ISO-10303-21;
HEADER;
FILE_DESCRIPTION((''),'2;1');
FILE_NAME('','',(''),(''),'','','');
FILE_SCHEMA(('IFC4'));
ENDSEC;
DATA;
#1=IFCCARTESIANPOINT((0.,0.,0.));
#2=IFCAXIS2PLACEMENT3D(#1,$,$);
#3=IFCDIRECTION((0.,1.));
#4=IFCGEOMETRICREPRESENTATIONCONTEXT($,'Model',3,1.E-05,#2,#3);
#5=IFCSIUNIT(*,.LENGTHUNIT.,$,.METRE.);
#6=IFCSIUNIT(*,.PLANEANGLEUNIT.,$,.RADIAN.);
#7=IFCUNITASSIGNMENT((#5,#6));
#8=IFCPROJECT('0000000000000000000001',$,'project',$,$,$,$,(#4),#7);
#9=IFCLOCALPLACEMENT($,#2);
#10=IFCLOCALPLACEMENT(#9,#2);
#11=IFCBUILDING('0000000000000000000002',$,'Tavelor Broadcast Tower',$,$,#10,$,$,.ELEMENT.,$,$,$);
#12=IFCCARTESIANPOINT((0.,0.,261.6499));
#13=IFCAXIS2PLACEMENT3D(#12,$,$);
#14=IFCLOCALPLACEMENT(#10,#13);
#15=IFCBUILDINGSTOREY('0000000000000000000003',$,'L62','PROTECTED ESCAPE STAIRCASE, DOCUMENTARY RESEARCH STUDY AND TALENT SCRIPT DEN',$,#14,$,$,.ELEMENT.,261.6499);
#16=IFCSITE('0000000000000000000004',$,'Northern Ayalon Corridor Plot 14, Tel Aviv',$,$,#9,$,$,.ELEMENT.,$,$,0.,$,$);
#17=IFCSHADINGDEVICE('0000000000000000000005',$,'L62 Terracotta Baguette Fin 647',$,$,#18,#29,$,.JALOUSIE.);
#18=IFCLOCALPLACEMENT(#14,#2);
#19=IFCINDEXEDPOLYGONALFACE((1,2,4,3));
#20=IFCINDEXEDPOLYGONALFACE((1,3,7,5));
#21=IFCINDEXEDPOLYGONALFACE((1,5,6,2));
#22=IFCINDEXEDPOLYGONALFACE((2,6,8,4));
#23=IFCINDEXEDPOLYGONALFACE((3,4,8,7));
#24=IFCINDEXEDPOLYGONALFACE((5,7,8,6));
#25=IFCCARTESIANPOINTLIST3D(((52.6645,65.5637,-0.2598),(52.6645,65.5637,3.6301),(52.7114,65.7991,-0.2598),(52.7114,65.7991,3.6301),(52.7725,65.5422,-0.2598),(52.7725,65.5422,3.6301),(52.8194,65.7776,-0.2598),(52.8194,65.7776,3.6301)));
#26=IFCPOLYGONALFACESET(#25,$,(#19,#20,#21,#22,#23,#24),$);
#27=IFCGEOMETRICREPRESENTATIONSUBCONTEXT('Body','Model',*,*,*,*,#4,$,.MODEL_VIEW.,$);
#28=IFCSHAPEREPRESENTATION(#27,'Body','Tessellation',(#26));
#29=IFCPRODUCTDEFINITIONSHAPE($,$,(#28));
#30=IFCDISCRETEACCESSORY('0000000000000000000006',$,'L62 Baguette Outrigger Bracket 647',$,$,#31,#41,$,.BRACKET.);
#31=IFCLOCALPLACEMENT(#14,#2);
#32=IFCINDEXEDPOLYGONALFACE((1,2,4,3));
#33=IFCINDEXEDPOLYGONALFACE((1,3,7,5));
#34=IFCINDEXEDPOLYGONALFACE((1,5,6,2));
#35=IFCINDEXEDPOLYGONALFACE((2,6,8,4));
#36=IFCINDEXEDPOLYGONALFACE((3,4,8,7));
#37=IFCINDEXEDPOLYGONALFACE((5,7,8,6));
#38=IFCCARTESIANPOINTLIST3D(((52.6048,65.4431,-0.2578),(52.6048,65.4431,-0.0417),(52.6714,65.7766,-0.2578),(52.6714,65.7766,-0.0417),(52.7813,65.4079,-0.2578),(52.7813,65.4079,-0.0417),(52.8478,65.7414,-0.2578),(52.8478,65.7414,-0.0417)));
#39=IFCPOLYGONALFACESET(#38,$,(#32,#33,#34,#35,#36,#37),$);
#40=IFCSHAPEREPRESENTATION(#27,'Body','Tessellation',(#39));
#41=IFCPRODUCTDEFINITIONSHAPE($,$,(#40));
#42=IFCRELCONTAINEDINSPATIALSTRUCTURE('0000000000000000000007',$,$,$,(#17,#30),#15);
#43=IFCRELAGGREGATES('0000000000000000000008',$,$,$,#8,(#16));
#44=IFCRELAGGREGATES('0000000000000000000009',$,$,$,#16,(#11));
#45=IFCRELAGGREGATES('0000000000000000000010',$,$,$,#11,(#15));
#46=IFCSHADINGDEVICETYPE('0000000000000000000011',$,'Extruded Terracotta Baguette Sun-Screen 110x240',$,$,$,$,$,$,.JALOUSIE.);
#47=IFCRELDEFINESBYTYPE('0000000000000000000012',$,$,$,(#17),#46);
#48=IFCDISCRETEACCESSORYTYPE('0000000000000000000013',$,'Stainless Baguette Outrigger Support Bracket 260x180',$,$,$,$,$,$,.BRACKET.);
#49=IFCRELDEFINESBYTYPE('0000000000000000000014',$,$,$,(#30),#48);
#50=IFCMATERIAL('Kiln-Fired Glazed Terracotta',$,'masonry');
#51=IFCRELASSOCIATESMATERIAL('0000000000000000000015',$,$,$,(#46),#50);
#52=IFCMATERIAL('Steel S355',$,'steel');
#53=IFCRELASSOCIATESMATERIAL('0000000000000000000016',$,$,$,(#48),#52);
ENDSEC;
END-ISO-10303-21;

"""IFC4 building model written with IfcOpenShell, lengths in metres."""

from ifc_helpers import new_model, si_unit, direction, frame, origin, origin_2d, place, context, subcontext, project, spatial, rectangle, extrude, source, transform, mapped, material, type_object, type_shapes, element, save


model = new_model("IFC4")

# Units and contexts
model_context = context("Model", 3, precision=1e-05, world=origin(), true_north=direction((0.0, 1.0)))
body_context = subcontext(model_context, "Body", "Model", "MODEL_VIEW")
ifc_project = project(units=[si_unit("LENGTHUNIT", "METRE"), si_unit("PLANEANGLEUNIT", "RADIAN")], contexts=[model_context])

# Site, building, storey
site_placement = place(None, origin())
site = spatial("IfcSite", under=ifc_project, at=site_placement, Name="Northern Ayalon Corridor Plot 14, Tel Aviv", CompositionType="ELEMENT", RefElevation=0.0)
building_placement = place(site_placement, origin())
building = spatial("IfcBuilding", under=site, at=building_placement, Name="Tavelor Broadcast Tower", CompositionType="ELEMENT")
storey_placement = place(building_placement, frame((0.0, 0.0, 261.6499)))
storey = spatial("IfcBuildingStorey", under=building, at=storey_placement, Name="L62", Description="PROTECTED ESCAPE STAIRCASE, DOCUMENTARY RESEARCH STUDY AND TALENT SCRIPT DEN", CompositionType="ELEMENT", Elevation=261.6499)

# Shared definitions
ifc_material_1 = material(Name="Steel S355", Category="steel")

# Shading device
ifc_material_2 = material(Name="Kiln-Fired Glazed Terracotta", Category="masonry")
shading_device_type = type_object("IfcShadingDeviceType", Name="Extruded Terracotta Baguette Sun-Screen 110x240", PredefinedType="JALOUSIE", material=ifc_material_2)
shared_shape_1 = source(origin(), body_context, "Body", "SweptSolid", [
    extrude(rectangle(XDim=0.1101, YDim=0.24, at=origin_2d()), origin(), (0.0, 0.0, 1.0), 3.8899),
])
type_shapes(shading_device_type, [shared_shape_1])
shading_device_placement = place(storey_placement, frame((52.7419, 65.6707, -0.2598), z_axis=(0.0, 0.0, 1.0), x_axis=(-0.980683, 0.195604, 0.0)))
element("IfcShadingDevice", 1, at=shading_device_placement, inside=storey, type_object=shading_device_type, Name="L62 Terracotta Baguette Fin 647", PredefinedType="JALOUSIE", context=body_context, shape_type="MappedRepresentation", body=[
    mapped(shared_shape_1, transform((0.0, 0.0, 0.0), scale=1.0)),
])

# Discrete accessory
discrete_accessory_type = type_object("IfcDiscreteAccessoryType", Name="Stainless Baguette Outrigger Support Bracket 260x180", PredefinedType="BRACKET", material=ifc_material_1)
shared_shape_2 = source(origin(), body_context, "Body", "SweptSolid", [
    extrude(rectangle(XDim=0.1799, YDim=0.3401, at=origin_2d()), origin(), (0.0, 0.0, 1.0), 0.2161),
])
type_shapes(discrete_accessory_type, [shared_shape_2])
discrete_accessory_placement = place(storey_placement, frame((52.7263, 65.5923, -0.2578), z_axis=(0.0, 0.0, 1.0), x_axis=(-0.980683, 0.195604, 0.0)))
element("IfcDiscreteAccessory", 2, at=discrete_accessory_placement, inside=storey, type_object=discrete_accessory_type, Name="L62 Baguette Outrigger Bracket 647", PredefinedType="BRACKET", context=body_context, shape_type="MappedRepresentation", body=[
    mapped(shared_shape_2, transform((0.0, 0.0, 0.0), scale=1.0)),
])

save(model, "model.ifc")
